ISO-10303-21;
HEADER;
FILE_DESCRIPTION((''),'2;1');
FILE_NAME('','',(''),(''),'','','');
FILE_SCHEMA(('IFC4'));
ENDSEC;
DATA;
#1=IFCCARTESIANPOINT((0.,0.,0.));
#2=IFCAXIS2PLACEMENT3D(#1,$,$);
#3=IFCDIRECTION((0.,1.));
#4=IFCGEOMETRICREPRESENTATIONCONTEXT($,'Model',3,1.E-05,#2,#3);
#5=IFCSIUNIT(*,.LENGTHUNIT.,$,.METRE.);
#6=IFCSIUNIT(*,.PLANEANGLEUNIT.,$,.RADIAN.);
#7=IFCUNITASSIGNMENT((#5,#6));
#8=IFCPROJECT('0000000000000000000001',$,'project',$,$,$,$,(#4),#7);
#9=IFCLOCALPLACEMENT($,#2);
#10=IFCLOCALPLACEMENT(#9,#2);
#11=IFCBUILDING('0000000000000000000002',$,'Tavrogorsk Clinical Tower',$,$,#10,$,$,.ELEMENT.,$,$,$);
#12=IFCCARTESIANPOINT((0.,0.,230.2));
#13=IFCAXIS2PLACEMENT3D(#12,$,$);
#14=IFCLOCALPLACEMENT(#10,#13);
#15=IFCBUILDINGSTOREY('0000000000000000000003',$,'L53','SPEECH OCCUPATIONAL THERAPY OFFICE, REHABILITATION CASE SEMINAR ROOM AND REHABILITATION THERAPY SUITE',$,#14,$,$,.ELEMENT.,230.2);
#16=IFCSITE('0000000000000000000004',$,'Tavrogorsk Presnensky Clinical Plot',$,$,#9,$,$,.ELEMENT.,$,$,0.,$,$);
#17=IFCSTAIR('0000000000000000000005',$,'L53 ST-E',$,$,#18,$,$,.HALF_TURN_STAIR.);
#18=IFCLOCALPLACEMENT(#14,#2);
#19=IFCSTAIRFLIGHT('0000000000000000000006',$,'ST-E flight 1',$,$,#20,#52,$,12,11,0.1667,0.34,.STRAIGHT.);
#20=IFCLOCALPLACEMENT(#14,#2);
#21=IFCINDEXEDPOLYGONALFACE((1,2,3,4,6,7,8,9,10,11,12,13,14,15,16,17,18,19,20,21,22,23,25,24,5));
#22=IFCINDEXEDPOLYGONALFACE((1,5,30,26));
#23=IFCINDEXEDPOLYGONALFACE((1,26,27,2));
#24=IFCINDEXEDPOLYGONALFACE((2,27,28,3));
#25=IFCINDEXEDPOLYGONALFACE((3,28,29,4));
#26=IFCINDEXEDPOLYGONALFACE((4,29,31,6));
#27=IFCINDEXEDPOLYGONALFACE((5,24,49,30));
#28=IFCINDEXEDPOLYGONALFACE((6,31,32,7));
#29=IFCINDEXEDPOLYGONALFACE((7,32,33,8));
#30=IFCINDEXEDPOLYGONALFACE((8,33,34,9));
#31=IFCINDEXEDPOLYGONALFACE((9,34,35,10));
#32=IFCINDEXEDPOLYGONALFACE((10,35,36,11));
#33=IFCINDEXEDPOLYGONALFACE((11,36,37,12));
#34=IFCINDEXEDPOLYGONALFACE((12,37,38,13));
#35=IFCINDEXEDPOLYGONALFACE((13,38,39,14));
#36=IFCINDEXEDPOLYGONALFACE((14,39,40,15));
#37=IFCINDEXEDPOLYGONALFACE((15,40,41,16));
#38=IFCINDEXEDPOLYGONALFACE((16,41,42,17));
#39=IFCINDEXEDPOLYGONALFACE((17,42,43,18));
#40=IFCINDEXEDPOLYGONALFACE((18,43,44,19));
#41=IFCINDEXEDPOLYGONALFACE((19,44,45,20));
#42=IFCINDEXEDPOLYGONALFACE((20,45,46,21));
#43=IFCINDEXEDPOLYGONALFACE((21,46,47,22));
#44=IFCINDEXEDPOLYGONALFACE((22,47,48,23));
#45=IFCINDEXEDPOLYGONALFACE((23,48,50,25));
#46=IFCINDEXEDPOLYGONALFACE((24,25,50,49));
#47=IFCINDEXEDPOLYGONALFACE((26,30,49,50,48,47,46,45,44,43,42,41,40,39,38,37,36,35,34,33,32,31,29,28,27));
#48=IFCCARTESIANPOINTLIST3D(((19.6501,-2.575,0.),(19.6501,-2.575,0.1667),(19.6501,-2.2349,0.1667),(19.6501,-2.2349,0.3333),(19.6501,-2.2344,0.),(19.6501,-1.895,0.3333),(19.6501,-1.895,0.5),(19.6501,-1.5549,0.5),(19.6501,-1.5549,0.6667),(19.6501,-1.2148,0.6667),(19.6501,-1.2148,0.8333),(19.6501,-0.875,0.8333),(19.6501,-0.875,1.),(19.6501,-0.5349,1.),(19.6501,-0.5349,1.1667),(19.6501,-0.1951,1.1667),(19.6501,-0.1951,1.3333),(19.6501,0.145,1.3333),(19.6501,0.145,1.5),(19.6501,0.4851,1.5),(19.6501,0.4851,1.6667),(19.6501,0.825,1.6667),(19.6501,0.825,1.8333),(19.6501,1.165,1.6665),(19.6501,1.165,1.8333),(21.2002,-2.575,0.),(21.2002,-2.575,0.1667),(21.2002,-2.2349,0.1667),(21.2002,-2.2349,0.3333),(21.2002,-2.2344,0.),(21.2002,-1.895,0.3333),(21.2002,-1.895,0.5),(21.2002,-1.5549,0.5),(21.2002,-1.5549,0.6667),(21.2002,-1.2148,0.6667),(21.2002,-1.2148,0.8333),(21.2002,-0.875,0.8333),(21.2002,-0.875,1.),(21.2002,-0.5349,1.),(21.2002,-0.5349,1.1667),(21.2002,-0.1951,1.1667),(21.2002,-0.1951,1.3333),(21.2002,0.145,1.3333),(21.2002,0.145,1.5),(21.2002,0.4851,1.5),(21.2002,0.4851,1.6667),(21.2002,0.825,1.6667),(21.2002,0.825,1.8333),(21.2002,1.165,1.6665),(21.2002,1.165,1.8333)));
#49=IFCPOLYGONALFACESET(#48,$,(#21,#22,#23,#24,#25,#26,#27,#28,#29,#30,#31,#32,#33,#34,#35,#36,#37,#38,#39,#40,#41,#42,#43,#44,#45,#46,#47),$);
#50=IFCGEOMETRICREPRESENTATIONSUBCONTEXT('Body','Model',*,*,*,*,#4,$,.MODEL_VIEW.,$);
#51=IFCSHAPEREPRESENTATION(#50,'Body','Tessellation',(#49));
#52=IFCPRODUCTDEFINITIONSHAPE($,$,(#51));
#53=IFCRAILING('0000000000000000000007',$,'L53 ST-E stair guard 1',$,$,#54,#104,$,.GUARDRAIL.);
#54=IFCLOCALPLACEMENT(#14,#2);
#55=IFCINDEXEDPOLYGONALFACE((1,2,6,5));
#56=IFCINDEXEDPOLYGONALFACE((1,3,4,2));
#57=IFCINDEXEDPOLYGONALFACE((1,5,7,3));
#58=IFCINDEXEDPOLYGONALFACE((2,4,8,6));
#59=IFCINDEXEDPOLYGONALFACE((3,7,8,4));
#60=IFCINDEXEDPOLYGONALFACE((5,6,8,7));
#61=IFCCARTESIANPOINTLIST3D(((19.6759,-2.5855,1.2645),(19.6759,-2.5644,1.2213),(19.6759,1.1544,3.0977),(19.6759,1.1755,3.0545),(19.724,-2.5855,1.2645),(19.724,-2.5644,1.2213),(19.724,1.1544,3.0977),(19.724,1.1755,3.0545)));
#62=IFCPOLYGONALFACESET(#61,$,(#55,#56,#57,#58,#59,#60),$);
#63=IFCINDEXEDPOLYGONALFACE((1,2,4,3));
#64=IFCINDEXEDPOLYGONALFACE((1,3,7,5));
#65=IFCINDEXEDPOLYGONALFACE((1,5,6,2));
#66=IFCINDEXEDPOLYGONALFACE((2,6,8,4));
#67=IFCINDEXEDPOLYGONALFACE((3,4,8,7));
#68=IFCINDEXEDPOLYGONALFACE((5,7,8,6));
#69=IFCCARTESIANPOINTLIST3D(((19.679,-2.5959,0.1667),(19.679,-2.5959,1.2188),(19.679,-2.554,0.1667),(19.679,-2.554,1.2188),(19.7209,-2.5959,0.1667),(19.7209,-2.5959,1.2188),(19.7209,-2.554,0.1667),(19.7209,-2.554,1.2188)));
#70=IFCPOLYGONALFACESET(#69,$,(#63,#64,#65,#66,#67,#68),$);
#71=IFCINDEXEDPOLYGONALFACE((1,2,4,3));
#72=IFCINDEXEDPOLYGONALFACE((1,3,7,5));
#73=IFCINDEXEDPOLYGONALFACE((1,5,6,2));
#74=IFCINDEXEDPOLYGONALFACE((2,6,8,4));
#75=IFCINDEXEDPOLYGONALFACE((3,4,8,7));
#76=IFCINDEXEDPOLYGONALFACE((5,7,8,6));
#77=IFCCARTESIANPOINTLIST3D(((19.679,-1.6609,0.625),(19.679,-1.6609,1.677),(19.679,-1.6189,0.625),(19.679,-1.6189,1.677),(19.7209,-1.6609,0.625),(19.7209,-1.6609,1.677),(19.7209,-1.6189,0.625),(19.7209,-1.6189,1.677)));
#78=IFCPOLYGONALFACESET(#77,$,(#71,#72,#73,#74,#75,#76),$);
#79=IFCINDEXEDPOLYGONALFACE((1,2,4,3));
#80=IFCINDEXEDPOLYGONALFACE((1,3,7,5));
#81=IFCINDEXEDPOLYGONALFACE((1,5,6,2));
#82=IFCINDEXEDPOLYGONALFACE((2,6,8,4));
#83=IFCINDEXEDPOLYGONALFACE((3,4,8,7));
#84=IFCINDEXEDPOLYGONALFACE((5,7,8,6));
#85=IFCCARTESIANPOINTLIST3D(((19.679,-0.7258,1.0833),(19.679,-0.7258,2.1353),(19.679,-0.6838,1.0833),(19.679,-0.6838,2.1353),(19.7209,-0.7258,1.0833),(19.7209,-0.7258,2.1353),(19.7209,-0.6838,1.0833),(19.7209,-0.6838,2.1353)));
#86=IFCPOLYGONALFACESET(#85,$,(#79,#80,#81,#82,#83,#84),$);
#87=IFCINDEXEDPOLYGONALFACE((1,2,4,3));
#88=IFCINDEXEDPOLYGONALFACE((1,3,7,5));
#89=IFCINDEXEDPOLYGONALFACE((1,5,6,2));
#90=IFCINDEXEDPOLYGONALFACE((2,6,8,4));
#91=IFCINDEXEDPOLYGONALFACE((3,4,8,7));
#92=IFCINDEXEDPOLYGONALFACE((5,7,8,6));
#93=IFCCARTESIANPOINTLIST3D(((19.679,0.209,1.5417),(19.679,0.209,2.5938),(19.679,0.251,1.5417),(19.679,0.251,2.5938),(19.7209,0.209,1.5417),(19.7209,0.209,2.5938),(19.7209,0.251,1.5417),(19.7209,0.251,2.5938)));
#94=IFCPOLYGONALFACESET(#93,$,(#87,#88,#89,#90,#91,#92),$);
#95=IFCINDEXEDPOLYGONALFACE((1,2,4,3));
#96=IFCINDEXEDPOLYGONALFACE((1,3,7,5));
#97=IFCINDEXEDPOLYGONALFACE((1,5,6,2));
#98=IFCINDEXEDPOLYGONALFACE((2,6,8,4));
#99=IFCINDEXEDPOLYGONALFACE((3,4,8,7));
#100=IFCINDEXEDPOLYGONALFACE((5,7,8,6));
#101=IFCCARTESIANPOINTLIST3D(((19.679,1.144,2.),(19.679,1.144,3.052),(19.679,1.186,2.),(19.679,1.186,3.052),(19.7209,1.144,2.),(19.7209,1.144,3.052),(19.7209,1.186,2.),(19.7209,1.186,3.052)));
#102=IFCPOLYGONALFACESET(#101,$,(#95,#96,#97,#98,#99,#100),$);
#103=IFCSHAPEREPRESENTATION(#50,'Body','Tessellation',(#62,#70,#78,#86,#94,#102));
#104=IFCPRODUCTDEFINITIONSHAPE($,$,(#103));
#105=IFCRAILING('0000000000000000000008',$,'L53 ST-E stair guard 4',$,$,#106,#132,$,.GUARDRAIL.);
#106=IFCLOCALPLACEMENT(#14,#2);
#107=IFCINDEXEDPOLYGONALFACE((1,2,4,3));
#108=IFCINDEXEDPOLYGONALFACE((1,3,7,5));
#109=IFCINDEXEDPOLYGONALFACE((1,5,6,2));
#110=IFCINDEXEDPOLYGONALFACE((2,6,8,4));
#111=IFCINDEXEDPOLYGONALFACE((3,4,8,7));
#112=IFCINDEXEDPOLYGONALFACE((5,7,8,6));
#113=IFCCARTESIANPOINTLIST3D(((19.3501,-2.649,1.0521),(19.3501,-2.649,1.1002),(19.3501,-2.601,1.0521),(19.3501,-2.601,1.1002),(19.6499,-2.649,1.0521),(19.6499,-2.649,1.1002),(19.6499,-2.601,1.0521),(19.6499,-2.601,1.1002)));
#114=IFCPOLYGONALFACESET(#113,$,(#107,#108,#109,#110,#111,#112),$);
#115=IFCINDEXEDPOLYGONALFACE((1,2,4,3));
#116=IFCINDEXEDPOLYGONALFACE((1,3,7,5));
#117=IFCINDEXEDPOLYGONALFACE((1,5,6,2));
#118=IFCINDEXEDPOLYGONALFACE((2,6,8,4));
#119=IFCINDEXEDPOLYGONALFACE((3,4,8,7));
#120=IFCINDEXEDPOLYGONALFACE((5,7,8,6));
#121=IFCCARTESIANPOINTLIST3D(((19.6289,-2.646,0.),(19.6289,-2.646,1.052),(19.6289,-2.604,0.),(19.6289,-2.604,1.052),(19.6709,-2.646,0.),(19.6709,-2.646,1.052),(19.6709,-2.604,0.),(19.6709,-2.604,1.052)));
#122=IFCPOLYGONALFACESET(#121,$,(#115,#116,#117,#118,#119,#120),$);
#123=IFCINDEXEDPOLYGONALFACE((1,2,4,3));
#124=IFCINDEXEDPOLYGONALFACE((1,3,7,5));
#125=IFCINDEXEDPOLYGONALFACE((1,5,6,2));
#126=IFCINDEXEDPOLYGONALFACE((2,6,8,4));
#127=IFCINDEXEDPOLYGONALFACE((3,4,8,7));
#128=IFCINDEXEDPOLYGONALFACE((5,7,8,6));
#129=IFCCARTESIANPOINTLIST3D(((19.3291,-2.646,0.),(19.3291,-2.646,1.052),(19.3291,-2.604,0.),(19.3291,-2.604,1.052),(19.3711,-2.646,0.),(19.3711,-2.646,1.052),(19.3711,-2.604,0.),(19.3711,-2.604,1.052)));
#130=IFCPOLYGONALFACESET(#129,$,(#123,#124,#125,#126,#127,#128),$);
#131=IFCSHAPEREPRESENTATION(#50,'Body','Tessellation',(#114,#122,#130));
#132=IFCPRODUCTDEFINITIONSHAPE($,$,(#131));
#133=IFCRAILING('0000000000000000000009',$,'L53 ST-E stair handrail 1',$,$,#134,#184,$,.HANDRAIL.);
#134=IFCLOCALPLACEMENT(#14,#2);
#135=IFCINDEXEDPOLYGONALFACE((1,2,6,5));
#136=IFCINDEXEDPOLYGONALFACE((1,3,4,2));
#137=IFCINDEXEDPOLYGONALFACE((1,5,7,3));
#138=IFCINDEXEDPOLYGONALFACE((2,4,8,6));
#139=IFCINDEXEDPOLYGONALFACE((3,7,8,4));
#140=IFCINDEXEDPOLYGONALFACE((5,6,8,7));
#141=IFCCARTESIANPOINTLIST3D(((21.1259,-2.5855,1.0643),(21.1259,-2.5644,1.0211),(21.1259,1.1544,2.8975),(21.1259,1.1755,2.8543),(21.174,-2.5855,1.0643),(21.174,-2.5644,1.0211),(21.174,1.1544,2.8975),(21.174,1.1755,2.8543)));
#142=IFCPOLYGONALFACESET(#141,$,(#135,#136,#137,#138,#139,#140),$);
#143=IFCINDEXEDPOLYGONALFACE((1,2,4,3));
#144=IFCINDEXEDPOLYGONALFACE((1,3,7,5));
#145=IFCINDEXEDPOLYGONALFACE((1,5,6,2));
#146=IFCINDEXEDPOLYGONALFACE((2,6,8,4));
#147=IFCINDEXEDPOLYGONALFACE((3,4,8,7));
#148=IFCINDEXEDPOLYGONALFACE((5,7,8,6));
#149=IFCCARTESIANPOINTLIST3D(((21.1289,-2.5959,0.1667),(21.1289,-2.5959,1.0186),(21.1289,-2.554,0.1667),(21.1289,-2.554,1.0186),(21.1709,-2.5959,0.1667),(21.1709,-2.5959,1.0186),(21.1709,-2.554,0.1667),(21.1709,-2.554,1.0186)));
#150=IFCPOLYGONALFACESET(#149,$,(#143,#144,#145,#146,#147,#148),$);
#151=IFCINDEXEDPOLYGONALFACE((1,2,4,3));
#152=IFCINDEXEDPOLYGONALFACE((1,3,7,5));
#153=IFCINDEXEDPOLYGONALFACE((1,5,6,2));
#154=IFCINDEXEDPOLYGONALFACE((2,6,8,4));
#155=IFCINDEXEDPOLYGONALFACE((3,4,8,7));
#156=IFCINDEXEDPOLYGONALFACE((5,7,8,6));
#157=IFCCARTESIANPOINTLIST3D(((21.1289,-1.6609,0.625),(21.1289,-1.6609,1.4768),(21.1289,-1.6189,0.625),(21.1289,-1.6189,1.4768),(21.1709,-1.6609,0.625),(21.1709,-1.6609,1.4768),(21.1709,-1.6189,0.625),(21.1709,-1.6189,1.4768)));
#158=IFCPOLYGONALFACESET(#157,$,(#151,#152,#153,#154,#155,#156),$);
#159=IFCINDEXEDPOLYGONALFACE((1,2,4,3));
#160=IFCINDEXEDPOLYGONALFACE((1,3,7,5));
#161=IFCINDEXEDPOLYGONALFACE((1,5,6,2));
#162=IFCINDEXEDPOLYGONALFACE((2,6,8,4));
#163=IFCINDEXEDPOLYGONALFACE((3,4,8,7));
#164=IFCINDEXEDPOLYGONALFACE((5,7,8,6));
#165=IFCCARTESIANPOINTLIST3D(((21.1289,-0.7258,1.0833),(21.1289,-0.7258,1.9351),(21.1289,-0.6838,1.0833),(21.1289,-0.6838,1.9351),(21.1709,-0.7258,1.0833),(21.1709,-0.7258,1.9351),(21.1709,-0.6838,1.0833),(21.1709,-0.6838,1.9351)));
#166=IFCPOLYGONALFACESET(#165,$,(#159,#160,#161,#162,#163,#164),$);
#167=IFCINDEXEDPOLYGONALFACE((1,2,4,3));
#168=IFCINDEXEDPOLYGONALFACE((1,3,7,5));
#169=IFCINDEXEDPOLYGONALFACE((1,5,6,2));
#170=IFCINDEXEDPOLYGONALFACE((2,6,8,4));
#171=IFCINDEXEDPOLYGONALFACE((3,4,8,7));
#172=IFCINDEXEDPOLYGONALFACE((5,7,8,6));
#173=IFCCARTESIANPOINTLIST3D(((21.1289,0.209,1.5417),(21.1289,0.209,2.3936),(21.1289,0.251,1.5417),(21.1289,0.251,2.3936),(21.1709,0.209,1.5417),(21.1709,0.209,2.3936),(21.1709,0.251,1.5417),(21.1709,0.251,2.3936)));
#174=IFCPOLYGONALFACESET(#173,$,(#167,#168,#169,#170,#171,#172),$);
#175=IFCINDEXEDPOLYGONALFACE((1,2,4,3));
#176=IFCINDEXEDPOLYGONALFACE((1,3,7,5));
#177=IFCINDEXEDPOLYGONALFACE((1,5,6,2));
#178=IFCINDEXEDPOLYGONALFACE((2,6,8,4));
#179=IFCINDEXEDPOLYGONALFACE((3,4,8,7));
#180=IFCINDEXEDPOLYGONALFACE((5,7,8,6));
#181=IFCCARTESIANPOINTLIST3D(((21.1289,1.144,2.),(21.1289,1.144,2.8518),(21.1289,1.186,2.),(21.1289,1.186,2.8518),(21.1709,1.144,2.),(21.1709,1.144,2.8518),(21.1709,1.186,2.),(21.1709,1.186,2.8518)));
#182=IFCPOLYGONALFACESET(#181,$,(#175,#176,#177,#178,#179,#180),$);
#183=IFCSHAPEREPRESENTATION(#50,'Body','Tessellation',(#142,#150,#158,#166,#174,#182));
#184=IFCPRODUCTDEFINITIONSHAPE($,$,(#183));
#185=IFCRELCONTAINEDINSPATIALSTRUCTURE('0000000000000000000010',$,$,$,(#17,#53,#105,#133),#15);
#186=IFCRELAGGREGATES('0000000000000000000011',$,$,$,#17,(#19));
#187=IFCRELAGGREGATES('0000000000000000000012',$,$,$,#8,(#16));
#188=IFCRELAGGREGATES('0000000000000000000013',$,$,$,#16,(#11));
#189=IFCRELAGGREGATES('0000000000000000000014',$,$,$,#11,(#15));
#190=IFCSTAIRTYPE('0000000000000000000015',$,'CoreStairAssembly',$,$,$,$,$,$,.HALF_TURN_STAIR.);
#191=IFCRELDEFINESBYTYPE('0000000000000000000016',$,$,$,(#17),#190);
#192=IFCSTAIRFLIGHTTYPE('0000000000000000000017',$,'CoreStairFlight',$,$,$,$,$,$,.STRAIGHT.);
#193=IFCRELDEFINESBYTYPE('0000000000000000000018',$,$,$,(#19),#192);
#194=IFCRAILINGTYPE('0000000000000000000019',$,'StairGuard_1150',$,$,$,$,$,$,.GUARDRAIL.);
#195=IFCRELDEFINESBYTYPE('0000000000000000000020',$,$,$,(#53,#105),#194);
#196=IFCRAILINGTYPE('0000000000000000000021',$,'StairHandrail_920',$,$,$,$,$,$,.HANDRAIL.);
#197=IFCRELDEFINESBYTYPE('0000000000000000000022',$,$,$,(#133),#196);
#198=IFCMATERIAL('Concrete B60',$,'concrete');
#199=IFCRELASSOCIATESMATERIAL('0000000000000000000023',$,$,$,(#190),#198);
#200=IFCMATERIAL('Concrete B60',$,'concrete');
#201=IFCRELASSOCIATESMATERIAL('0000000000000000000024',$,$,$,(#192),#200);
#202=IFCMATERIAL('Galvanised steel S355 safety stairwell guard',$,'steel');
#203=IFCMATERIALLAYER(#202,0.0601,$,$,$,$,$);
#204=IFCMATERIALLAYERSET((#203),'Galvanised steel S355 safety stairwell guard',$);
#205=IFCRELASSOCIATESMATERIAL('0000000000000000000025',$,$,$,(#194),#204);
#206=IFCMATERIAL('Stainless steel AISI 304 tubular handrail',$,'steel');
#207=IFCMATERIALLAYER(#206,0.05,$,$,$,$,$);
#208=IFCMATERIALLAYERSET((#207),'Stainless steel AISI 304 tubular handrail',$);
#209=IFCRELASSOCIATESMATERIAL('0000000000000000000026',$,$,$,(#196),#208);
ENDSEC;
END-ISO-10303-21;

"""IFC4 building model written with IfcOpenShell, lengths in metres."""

from ifc_helpers import new_model, si_unit, direction, frame, origin, origin_2d, place, context, subcontext, project, spatial, polyline, rectangle, outline, extrude, material, layer, layer_set, type_object, element, aggregate, save


model = new_model("IFC4")

# Units and contexts
model_context = context("Model", 3, precision=1e-05, world=origin(), true_north=direction((0.0, 1.0)))
body_context = subcontext(model_context, "Body", "Model", "MODEL_VIEW")
ifc_project = project(units=[si_unit("LENGTHUNIT", "METRE"), si_unit("PLANEANGLEUNIT", "RADIAN")], contexts=[model_context])

# Site, building, storey
site_placement = place(None, origin())
site = spatial("IfcSite", under=ifc_project, at=site_placement, Name="Tavrogorsk Presnensky Clinical Plot", CompositionType="ELEMENT", RefElevation=0.0)
building_placement = place(site_placement, origin())
building = spatial("IfcBuilding", under=site, at=building_placement, Name="Tavrogorsk Clinical Tower", CompositionType="ELEMENT")
storey_placement = place(building_placement, frame((0.0, 0.0, 230.2)))
storey = spatial("IfcBuildingStorey", under=building, at=storey_placement, Name="L53", Description="SPEECH OCCUPATIONAL THERAPY OFFICE, REHABILITATION CASE SEMINAR ROOM AND REHABILITATION THERAPY SUITE", CompositionType="ELEMENT", Elevation=230.2)

# Stair, stair flight
ifc_material_1 = material(Name="Concrete B60", Category="concrete")
stair_type = type_object("IfcStairType", Name="CoreStairAssembly", PredefinedType="HALF_TURN_STAIR", material=ifc_material_1)
stair_placement = place(storey_placement, origin())
stair = element("IfcStair", 1, at=stair_placement, inside=storey, type_object=stair_type, Name="L53 ST-E", PredefinedType="HALF_TURN_STAIR")
ifc_material_2 = material(Name="Concrete B60", Category="concrete")
stair_flight_type = type_object("IfcStairFlightType", Name="CoreStairFlight", PredefinedType="STRAIGHT", material=ifc_material_2)
stair_flight_placement = place(storey_placement, frame((20.425, -2.575, 0.0), z_axis=(0.0, 0.0, 1.0), x_axis=(0.0, 1.0, 0.0)))
stair_flight = element("IfcStairFlight", 2, at=stair_flight_placement, type_object=stair_flight_type, Name="ST-E flight 1", NumberOfRisers=12, NumberOfTreads=11, PredefinedType="STRAIGHT", RiserHeight=0.1667, TreadLength=0.34, context=body_context, shape_type="SweptSolid", body=[
    extrude(outline(polyline([(0.0, 0.0), (0.0, 0.1667), (0.3401, 0.1667), (0.3401, 0.3333), (0.6799, 0.3333), (0.6799, 0.5), (1.02, 0.5), (1.02, 0.6667), (1.3601, 0.6667), (1.3601, 0.8333), (1.7, 0.8333), (1.7, 1.0), (2.04, 1.0), (2.04, 1.1667), (2.3799, 1.1667), (2.3799, 1.3333), (2.72, 1.3333), (2.72, 1.5), (3.0601, 1.5), (3.0601, 1.6667), (3.3999, 1.6667), (3.3999, 1.8333), (3.74, 1.8333), (3.74, 2.0), (3.74, 1.6665), (0.3406, 0.0), (0.0, 0.0)])), frame((0.0, 0.7749, 0.0), z_axis=(0.0, -1.0, 0.0), x_axis=(1.0, 0.0, 0.0)), (0.0, 0.0, 1.0), 1.55),
])
aggregate(stair, [stair_flight])

# Railings
ifc_material_3 = material(Name="Galvanised steel S355 safety stairwell guard", Category="steel")
ifc_layer_1 = layer(ifc_material_3, 0.0601)
ifc_layer_set_1 = layer_set([ifc_layer_1], Name="Galvanised steel S355 safety stairwell guard")
railing_type_1 = type_object("IfcRailingType", Name="StairGuard_1150", PredefinedType="GUARDRAIL", material=ifc_layer_set_1)
railing_1_placement = place(storey_placement, frame((19.7, -2.575, 0.1667)))
element("IfcRailing", 3, at=railing_1_placement, inside=storey, type_object=railing_type_1, Name="L53 ST-E stair guard 1", PredefinedType="GUARDRAIL", context=body_context, shape_type="SweptSolid", body=[
    extrude(rectangle(XDim=0.0481, YDim=0.0481, at=origin_2d()), frame((0.0, 0.0, 1.0762), z_axis=(0.0, 0.897928, 0.440142), x_axis=(-1.0, 0.0, 0.0)), (0.0, 0.0, 1.0), 4.165),
    extrude(rectangle(XDim=0.042, YDim=0.042, at=origin_2d()), origin(), (0.0, 0.0, 1.0), 1.052),
    extrude(rectangle(XDim=0.042, YDim=0.042, at=origin_2d()), frame((0.0, 0.9351, 0.4583)), (0.0, 0.0, 1.0), 1.052),
    extrude(rectangle(XDim=0.042, YDim=0.042, at=origin_2d()), frame((0.0, 1.8701, 0.9165)), (0.0, 0.0, 1.0), 1.052),
    extrude(rectangle(XDim=0.042, YDim=0.042, at=origin_2d()), frame((0.0, 2.8049, 1.375)), (0.0, 0.0, 1.0), 1.052),
    extrude(rectangle(XDim=0.042, YDim=0.042, at=origin_2d()), frame((0.0, 3.74, 1.8333)), (0.0, 0.0, 1.0), 1.052),
])
railing_2_placement = place(storey_placement, frame((19.6499, -2.625, 0.0)))
element("IfcRailing", 4, at=railing_2_placement, inside=storey, type_object=railing_type_1, Name="L53 ST-E stair guard 4", PredefinedType="GUARDRAIL", context=body_context, shape_type="SweptSolid", body=[
    extrude(rectangle(XDim=0.0481, YDim=0.0481, at=origin_2d()), frame((0.0, 0.0, 1.0762), z_axis=(-1.0, 0.0, 0.0), x_axis=(0.0, -1.0, 0.0)), (0.0, 0.0, 1.0), 0.2998),
    extrude(rectangle(XDim=0.042, YDim=0.042, at=origin_2d()), origin(), (0.0, 0.0, 1.0), 1.052),
    extrude(rectangle(XDim=0.042, YDim=0.042, at=origin_2d()), frame((-0.2998, 0.0, 0.0)), (0.0, 0.0, 1.0), 1.052),
])
ifc_material_4 = material(Name="Stainless steel AISI 304 tubular handrail", Category="steel")
ifc_layer_2 = layer(ifc_material_4, 0.05)
ifc_layer_set_2 = layer_set([ifc_layer_2], Name="Stainless steel AISI 304 tubular handrail")
railing_type_2 = type_object("IfcRailingType", Name="StairHandrail_920", PredefinedType="HANDRAIL", material=ifc_layer_set_2)
railing_3_placement = place(storey_placement, frame((21.1499, -2.575, 0.1667)))
element("IfcRailing", 5, at=railing_3_placement, inside=storey, type_object=railing_type_2, Name="L53 ST-E stair handrail 1", PredefinedType="HANDRAIL", context=body_context, shape_type="SweptSolid", body=[
    extrude(rectangle(XDim=0.0481, YDim=0.0481, at=origin_2d()), frame((0.0, 0.0, 0.876), z_axis=(0.0, 0.897928, 0.440142), x_axis=(-1.0, 0.0, 0.0)), (0.0, 0.0, 1.0), 4.165),
    extrude(rectangle(XDim=0.042, YDim=0.042, at=origin_2d()), origin(), (0.0, 0.0, 1.0), 0.8518),
    extrude(rectangle(XDim=0.042, YDim=0.042, at=origin_2d()), frame((0.0, 0.9351, 0.4583)), (0.0, 0.0, 1.0), 0.8518),
    extrude(rectangle(XDim=0.042, YDim=0.042, at=origin_2d()), frame((0.0, 1.8701, 0.9165)), (0.0, 0.0, 1.0), 0.8518),
    extrude(rectangle(XDim=0.042, YDim=0.042, at=origin_2d()), frame((0.0, 2.8049, 1.375)), (0.0, 0.0, 1.0), 0.8518),
    extrude(rectangle(XDim=0.042, YDim=0.042, at=origin_2d()), frame((0.0, 3.74, 1.8333)), (0.0, 0.0, 1.0), 0.8518),
])

save(model, "model.ifc")
